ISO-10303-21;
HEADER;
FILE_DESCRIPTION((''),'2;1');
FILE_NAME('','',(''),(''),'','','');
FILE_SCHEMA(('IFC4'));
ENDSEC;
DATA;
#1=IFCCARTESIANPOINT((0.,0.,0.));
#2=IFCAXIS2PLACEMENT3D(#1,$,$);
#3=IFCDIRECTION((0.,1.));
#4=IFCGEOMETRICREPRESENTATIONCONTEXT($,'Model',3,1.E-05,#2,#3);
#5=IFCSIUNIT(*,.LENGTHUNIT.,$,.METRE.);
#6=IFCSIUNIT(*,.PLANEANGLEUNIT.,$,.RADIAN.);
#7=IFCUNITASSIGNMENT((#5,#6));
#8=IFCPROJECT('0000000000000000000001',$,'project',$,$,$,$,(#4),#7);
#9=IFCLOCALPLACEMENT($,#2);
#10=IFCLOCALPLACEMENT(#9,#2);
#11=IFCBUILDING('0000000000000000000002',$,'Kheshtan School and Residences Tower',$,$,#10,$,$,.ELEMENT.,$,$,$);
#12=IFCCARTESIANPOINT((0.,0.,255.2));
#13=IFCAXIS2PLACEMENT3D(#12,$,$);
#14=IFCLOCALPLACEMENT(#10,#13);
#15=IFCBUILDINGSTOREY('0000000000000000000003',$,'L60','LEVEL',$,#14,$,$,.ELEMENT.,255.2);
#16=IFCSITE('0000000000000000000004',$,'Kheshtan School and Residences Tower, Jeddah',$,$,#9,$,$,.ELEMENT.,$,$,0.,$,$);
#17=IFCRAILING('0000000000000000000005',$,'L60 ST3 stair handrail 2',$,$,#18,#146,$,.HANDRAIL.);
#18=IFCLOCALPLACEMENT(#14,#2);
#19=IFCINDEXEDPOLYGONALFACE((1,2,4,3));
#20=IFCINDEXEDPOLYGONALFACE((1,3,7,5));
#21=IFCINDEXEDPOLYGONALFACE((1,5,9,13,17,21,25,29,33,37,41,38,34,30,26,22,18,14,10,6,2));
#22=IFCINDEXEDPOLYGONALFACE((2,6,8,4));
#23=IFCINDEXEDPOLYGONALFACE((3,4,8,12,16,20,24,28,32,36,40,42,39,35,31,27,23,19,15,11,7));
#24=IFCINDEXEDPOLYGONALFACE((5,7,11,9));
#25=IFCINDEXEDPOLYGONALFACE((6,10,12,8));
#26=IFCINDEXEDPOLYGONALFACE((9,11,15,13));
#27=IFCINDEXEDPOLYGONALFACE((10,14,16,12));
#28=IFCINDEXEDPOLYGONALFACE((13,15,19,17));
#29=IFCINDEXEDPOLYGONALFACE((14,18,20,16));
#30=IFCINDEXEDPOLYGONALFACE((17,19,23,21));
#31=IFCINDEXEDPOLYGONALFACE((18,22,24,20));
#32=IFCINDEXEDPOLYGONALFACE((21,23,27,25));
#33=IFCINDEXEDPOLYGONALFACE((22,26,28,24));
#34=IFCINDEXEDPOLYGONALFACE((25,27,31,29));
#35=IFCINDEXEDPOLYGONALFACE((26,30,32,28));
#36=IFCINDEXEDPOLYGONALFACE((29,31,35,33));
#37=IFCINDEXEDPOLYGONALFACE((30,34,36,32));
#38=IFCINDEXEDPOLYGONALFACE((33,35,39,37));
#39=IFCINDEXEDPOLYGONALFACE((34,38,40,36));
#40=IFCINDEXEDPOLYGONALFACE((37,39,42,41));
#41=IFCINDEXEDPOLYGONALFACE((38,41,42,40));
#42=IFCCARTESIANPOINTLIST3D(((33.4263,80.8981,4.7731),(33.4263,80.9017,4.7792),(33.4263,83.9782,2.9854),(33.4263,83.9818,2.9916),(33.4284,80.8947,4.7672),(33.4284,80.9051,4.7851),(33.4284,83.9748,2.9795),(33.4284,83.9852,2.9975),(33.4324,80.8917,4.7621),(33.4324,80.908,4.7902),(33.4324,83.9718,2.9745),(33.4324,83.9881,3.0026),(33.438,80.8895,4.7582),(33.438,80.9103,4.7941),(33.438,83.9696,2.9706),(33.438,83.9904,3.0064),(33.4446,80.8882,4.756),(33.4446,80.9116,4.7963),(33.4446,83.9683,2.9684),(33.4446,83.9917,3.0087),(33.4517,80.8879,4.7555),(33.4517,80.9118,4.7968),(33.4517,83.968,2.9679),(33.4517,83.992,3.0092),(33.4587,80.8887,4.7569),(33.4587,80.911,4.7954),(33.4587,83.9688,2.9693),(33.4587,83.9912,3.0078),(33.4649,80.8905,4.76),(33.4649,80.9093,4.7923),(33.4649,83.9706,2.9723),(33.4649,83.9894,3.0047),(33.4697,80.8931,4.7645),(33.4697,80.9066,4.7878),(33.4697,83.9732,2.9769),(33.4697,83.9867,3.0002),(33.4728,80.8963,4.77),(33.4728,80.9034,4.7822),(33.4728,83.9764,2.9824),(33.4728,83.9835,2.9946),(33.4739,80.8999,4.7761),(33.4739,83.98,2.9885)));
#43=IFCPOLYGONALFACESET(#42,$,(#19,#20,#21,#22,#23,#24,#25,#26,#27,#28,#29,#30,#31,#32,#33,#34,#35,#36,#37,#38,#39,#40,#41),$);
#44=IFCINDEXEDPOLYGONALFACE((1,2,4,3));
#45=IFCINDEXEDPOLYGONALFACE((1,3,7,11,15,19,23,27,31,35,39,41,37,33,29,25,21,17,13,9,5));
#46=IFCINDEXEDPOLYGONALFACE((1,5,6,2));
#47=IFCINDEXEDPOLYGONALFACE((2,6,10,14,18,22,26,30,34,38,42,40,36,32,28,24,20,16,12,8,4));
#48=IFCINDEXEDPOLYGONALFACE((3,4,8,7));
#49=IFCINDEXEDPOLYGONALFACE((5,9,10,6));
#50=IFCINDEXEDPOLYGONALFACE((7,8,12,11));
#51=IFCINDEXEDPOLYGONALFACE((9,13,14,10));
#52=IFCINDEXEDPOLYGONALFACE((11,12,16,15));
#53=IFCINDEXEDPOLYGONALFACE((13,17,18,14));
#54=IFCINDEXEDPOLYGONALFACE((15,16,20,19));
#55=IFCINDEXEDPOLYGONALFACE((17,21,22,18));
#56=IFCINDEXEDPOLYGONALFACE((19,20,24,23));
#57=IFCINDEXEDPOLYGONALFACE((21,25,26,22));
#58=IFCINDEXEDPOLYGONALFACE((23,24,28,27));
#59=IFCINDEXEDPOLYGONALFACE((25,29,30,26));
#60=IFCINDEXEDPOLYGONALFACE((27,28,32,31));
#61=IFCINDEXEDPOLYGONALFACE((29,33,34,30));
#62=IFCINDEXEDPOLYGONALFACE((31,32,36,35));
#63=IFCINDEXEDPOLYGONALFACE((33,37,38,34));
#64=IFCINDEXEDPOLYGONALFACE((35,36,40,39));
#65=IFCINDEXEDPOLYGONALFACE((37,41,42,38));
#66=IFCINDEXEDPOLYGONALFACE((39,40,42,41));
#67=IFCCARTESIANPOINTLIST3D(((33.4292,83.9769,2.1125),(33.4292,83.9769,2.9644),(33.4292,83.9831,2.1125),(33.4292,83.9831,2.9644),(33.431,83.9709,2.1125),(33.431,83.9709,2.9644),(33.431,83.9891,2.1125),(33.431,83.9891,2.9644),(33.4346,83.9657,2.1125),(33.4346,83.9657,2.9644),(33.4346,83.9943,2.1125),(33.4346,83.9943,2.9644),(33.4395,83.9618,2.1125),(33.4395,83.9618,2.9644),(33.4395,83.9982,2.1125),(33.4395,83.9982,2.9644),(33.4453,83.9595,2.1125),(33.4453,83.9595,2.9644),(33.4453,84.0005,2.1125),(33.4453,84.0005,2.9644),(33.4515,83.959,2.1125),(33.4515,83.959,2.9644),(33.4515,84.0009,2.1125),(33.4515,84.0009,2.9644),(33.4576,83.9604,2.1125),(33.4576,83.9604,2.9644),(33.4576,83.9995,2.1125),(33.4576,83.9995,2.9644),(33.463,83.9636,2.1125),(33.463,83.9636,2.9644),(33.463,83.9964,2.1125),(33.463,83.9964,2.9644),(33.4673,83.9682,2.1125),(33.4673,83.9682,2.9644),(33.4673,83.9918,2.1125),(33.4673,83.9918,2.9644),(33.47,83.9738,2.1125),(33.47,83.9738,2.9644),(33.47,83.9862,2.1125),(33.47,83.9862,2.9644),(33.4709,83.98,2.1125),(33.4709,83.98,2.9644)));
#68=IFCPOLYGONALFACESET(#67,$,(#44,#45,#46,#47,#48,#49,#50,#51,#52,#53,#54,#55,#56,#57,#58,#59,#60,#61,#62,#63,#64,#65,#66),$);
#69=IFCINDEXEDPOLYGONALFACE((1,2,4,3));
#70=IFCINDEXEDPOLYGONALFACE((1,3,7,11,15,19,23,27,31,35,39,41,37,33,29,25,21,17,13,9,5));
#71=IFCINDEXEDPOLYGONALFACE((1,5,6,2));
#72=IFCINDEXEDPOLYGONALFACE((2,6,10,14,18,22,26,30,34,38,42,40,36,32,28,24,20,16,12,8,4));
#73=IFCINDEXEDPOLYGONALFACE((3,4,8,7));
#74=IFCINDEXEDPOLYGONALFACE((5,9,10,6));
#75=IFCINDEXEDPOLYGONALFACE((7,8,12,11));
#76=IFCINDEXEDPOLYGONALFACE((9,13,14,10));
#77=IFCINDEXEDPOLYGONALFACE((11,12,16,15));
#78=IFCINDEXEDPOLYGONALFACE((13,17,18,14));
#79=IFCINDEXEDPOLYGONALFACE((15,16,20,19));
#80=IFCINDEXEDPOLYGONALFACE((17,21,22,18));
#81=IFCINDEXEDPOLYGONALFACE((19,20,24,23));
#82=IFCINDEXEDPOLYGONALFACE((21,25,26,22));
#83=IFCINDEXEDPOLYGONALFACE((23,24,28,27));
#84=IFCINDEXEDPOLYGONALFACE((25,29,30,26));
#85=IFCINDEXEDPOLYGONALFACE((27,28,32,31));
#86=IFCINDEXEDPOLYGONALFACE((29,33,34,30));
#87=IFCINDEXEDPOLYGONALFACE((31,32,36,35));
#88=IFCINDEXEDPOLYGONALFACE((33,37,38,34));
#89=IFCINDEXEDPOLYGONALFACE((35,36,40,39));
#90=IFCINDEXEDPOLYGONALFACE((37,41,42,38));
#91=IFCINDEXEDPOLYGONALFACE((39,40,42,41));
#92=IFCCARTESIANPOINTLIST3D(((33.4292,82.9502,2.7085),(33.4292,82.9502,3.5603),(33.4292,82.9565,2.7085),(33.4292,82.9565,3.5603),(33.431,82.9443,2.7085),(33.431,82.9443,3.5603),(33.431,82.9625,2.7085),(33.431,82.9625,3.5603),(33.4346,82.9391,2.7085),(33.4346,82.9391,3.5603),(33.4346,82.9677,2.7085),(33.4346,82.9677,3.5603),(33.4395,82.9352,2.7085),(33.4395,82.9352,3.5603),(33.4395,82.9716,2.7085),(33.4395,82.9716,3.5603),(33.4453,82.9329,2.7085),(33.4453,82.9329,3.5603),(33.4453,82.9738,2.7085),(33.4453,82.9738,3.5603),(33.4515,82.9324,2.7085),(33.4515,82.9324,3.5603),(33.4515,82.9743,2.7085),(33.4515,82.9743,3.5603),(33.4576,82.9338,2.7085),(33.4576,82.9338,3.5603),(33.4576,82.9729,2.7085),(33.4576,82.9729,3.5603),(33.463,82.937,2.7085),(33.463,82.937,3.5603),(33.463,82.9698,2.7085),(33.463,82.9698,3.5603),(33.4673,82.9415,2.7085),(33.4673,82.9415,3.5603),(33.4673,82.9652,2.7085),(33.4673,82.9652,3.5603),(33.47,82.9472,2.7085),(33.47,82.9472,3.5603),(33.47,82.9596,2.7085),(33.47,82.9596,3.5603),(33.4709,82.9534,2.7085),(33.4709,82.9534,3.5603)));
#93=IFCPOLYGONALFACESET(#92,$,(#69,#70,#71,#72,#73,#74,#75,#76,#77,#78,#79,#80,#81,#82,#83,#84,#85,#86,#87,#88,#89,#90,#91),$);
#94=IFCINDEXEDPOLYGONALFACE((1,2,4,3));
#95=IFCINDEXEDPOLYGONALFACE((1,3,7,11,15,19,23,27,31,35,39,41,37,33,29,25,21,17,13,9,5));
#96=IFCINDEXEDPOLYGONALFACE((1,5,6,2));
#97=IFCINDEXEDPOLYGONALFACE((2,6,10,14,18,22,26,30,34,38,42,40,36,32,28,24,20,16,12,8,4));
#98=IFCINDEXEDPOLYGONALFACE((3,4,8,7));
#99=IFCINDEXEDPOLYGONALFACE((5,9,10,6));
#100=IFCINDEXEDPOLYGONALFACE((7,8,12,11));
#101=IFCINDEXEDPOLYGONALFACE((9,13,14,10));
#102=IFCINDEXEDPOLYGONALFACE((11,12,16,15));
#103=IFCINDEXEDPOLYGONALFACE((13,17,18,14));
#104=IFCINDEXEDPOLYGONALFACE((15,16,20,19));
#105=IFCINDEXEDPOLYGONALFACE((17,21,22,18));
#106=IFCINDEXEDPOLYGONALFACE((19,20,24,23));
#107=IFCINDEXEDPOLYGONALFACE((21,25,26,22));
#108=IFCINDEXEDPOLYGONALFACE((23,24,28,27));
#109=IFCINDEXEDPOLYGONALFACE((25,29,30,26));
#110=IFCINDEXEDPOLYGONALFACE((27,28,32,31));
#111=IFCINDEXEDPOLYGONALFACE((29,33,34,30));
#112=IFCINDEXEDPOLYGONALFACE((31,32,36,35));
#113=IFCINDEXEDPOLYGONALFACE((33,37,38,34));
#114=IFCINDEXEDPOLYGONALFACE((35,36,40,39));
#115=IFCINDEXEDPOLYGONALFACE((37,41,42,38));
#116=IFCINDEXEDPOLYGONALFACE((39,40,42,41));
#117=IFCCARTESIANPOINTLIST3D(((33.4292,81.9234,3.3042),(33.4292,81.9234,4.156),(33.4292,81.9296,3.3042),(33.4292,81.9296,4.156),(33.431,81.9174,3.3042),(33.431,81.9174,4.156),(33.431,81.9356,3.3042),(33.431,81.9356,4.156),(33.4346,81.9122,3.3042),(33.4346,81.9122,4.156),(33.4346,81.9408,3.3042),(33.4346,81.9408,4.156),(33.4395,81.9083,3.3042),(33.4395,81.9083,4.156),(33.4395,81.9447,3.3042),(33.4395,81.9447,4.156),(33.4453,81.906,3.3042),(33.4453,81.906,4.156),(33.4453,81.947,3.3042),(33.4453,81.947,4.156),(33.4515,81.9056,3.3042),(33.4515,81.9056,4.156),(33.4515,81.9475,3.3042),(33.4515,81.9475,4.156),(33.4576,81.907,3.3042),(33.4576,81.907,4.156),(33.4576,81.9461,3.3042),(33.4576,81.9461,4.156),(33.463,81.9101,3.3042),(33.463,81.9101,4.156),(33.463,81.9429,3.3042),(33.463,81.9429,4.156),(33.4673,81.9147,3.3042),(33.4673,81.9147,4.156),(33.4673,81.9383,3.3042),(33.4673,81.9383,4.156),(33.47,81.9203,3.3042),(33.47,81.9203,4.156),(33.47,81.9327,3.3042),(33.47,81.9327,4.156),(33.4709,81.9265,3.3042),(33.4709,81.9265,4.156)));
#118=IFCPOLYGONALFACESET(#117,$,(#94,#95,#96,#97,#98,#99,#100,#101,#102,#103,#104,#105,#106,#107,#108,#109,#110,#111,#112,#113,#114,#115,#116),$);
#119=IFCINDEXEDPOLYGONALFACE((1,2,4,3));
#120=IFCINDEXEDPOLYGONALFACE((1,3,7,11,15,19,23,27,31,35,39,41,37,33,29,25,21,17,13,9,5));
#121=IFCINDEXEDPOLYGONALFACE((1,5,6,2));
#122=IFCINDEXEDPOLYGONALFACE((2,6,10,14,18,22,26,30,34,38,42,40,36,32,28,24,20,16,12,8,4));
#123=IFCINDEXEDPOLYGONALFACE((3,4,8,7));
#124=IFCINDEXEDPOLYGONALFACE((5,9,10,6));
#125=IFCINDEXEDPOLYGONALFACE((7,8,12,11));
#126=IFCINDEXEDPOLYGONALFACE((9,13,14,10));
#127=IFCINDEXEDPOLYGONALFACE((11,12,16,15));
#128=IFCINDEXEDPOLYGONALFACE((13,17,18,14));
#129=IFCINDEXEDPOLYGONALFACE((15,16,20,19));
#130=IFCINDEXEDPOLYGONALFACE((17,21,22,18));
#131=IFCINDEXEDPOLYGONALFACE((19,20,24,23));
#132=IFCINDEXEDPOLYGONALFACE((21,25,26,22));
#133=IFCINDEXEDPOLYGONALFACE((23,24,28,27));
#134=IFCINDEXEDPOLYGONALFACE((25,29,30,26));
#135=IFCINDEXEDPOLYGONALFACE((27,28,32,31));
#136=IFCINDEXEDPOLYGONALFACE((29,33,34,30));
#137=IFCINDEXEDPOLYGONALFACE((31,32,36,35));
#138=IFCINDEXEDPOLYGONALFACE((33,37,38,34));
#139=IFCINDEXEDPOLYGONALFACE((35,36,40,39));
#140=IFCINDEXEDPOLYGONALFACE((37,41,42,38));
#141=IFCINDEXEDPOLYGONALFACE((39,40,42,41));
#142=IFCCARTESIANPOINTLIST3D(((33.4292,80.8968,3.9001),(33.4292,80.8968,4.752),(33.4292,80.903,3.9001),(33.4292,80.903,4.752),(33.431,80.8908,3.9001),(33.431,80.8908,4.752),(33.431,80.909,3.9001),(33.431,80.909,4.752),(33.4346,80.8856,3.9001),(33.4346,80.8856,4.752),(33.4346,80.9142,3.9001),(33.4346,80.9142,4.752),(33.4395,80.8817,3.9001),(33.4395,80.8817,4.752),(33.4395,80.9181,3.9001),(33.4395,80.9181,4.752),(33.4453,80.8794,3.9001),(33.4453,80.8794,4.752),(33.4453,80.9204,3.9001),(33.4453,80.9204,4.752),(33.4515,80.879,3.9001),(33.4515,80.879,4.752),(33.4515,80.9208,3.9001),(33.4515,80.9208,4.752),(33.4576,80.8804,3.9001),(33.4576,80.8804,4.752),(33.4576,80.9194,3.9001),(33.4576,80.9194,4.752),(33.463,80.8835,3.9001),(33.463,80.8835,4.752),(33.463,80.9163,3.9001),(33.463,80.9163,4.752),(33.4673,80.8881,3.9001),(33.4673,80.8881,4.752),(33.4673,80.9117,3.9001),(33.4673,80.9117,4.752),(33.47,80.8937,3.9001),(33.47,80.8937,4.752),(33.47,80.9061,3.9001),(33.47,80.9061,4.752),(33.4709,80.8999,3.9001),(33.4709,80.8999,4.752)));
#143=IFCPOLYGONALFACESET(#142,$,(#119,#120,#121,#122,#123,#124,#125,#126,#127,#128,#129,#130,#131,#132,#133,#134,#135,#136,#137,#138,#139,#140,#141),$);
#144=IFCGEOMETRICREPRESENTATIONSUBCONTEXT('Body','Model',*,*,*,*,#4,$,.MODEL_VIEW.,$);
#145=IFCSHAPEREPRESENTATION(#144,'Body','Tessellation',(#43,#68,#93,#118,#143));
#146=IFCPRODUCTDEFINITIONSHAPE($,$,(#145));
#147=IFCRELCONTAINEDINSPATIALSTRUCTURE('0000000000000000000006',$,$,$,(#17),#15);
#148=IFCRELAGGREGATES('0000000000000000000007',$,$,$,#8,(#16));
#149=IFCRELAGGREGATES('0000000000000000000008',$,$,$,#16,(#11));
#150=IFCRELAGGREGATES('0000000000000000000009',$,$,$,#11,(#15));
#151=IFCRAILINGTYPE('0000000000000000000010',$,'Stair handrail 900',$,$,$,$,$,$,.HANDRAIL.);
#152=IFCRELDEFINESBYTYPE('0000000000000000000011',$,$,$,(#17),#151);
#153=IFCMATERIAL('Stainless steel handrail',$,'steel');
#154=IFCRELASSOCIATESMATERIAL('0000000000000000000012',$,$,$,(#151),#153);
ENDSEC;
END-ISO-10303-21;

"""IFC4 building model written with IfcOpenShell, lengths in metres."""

from ifc_helpers import new_model, si_unit, direction, frame, origin, origin_2d, place, context, subcontext, project, spatial, circle, extrude, material, type_object, element, save


model = new_model("IFC4")

# Units and contexts
model_context = context("Model", 3, precision=1e-05, world=origin(), true_north=direction((0.0, 1.0)))
body_context = subcontext(model_context, "Body", "Model", "MODEL_VIEW")
ifc_project = project(units=[si_unit("LENGTHUNIT", "METRE"), si_unit("PLANEANGLEUNIT", "RADIAN")], contexts=[model_context])

# Site, building, storey
site_placement = place(None, origin())
site = spatial("IfcSite", under=ifc_project, at=site_placement, Name="Kheshtan School and Residences Tower, Jeddah", CompositionType="ELEMENT", RefElevation=0.0)
building_placement = place(site_placement, origin())
building = spatial("IfcBuilding", under=site, at=building_placement, Name="Kheshtan School and Residences Tower", CompositionType="ELEMENT")
storey_placement = place(building_placement, frame((0.0, 0.0, 255.2)))
storey = spatial("IfcBuildingStorey", under=building, at=storey_placement, Name="L60", Description="LEVEL", CompositionType="ELEMENT", Elevation=255.2)

# Railing
ifc_material_1 = material(Name="Stainless steel handrail", Category="steel")
railing_type_1 = type_object("IfcRailingType", Name="Stair handrail 900", PredefinedType="HANDRAIL", material=ifc_material_1)
railing_1_placement = place(storey_placement, frame((33.45, 83.98, 2.1125)))
element("IfcRailing", 1, at=railing_1_placement, inside=storey, type_object=railing_type_1, Name="L60 ST3 stair handrail 2", PredefinedType="HANDRAIL", context=body_context, shape_type="SweptSolid", body=[
    extrude(circle(Radius=0.0239, at=origin_2d()), frame((0.0, 0.0, 0.876), z_axis=(0.0, -0.864891, 0.50196), x_axis=(1.0, 0.0, 0.0)), (0.0, 0.0, 1.0), 3.5613),
    extrude(circle(Radius=0.021, at=origin_2d()), origin(), (0.0, 0.0, 1.0), 0.8518),
    extrude(circle(Radius=0.021, at=origin_2d()), frame((0.0, -1.0266, 0.5959)), (0.0, 0.0, 1.0), 0.8518),
    extrude(circle(Radius=0.021, at=origin_2d()), frame((0.0, -2.0535, 1.1917)), (0.0, 0.0, 1.0), 0.8518),
    extrude(circle(Radius=0.021, at=origin_2d()), frame((0.0, -3.0801, 1.7876)), (0.0, 0.0, 1.0), 0.8518),
])

save(model, "model.ifc")
